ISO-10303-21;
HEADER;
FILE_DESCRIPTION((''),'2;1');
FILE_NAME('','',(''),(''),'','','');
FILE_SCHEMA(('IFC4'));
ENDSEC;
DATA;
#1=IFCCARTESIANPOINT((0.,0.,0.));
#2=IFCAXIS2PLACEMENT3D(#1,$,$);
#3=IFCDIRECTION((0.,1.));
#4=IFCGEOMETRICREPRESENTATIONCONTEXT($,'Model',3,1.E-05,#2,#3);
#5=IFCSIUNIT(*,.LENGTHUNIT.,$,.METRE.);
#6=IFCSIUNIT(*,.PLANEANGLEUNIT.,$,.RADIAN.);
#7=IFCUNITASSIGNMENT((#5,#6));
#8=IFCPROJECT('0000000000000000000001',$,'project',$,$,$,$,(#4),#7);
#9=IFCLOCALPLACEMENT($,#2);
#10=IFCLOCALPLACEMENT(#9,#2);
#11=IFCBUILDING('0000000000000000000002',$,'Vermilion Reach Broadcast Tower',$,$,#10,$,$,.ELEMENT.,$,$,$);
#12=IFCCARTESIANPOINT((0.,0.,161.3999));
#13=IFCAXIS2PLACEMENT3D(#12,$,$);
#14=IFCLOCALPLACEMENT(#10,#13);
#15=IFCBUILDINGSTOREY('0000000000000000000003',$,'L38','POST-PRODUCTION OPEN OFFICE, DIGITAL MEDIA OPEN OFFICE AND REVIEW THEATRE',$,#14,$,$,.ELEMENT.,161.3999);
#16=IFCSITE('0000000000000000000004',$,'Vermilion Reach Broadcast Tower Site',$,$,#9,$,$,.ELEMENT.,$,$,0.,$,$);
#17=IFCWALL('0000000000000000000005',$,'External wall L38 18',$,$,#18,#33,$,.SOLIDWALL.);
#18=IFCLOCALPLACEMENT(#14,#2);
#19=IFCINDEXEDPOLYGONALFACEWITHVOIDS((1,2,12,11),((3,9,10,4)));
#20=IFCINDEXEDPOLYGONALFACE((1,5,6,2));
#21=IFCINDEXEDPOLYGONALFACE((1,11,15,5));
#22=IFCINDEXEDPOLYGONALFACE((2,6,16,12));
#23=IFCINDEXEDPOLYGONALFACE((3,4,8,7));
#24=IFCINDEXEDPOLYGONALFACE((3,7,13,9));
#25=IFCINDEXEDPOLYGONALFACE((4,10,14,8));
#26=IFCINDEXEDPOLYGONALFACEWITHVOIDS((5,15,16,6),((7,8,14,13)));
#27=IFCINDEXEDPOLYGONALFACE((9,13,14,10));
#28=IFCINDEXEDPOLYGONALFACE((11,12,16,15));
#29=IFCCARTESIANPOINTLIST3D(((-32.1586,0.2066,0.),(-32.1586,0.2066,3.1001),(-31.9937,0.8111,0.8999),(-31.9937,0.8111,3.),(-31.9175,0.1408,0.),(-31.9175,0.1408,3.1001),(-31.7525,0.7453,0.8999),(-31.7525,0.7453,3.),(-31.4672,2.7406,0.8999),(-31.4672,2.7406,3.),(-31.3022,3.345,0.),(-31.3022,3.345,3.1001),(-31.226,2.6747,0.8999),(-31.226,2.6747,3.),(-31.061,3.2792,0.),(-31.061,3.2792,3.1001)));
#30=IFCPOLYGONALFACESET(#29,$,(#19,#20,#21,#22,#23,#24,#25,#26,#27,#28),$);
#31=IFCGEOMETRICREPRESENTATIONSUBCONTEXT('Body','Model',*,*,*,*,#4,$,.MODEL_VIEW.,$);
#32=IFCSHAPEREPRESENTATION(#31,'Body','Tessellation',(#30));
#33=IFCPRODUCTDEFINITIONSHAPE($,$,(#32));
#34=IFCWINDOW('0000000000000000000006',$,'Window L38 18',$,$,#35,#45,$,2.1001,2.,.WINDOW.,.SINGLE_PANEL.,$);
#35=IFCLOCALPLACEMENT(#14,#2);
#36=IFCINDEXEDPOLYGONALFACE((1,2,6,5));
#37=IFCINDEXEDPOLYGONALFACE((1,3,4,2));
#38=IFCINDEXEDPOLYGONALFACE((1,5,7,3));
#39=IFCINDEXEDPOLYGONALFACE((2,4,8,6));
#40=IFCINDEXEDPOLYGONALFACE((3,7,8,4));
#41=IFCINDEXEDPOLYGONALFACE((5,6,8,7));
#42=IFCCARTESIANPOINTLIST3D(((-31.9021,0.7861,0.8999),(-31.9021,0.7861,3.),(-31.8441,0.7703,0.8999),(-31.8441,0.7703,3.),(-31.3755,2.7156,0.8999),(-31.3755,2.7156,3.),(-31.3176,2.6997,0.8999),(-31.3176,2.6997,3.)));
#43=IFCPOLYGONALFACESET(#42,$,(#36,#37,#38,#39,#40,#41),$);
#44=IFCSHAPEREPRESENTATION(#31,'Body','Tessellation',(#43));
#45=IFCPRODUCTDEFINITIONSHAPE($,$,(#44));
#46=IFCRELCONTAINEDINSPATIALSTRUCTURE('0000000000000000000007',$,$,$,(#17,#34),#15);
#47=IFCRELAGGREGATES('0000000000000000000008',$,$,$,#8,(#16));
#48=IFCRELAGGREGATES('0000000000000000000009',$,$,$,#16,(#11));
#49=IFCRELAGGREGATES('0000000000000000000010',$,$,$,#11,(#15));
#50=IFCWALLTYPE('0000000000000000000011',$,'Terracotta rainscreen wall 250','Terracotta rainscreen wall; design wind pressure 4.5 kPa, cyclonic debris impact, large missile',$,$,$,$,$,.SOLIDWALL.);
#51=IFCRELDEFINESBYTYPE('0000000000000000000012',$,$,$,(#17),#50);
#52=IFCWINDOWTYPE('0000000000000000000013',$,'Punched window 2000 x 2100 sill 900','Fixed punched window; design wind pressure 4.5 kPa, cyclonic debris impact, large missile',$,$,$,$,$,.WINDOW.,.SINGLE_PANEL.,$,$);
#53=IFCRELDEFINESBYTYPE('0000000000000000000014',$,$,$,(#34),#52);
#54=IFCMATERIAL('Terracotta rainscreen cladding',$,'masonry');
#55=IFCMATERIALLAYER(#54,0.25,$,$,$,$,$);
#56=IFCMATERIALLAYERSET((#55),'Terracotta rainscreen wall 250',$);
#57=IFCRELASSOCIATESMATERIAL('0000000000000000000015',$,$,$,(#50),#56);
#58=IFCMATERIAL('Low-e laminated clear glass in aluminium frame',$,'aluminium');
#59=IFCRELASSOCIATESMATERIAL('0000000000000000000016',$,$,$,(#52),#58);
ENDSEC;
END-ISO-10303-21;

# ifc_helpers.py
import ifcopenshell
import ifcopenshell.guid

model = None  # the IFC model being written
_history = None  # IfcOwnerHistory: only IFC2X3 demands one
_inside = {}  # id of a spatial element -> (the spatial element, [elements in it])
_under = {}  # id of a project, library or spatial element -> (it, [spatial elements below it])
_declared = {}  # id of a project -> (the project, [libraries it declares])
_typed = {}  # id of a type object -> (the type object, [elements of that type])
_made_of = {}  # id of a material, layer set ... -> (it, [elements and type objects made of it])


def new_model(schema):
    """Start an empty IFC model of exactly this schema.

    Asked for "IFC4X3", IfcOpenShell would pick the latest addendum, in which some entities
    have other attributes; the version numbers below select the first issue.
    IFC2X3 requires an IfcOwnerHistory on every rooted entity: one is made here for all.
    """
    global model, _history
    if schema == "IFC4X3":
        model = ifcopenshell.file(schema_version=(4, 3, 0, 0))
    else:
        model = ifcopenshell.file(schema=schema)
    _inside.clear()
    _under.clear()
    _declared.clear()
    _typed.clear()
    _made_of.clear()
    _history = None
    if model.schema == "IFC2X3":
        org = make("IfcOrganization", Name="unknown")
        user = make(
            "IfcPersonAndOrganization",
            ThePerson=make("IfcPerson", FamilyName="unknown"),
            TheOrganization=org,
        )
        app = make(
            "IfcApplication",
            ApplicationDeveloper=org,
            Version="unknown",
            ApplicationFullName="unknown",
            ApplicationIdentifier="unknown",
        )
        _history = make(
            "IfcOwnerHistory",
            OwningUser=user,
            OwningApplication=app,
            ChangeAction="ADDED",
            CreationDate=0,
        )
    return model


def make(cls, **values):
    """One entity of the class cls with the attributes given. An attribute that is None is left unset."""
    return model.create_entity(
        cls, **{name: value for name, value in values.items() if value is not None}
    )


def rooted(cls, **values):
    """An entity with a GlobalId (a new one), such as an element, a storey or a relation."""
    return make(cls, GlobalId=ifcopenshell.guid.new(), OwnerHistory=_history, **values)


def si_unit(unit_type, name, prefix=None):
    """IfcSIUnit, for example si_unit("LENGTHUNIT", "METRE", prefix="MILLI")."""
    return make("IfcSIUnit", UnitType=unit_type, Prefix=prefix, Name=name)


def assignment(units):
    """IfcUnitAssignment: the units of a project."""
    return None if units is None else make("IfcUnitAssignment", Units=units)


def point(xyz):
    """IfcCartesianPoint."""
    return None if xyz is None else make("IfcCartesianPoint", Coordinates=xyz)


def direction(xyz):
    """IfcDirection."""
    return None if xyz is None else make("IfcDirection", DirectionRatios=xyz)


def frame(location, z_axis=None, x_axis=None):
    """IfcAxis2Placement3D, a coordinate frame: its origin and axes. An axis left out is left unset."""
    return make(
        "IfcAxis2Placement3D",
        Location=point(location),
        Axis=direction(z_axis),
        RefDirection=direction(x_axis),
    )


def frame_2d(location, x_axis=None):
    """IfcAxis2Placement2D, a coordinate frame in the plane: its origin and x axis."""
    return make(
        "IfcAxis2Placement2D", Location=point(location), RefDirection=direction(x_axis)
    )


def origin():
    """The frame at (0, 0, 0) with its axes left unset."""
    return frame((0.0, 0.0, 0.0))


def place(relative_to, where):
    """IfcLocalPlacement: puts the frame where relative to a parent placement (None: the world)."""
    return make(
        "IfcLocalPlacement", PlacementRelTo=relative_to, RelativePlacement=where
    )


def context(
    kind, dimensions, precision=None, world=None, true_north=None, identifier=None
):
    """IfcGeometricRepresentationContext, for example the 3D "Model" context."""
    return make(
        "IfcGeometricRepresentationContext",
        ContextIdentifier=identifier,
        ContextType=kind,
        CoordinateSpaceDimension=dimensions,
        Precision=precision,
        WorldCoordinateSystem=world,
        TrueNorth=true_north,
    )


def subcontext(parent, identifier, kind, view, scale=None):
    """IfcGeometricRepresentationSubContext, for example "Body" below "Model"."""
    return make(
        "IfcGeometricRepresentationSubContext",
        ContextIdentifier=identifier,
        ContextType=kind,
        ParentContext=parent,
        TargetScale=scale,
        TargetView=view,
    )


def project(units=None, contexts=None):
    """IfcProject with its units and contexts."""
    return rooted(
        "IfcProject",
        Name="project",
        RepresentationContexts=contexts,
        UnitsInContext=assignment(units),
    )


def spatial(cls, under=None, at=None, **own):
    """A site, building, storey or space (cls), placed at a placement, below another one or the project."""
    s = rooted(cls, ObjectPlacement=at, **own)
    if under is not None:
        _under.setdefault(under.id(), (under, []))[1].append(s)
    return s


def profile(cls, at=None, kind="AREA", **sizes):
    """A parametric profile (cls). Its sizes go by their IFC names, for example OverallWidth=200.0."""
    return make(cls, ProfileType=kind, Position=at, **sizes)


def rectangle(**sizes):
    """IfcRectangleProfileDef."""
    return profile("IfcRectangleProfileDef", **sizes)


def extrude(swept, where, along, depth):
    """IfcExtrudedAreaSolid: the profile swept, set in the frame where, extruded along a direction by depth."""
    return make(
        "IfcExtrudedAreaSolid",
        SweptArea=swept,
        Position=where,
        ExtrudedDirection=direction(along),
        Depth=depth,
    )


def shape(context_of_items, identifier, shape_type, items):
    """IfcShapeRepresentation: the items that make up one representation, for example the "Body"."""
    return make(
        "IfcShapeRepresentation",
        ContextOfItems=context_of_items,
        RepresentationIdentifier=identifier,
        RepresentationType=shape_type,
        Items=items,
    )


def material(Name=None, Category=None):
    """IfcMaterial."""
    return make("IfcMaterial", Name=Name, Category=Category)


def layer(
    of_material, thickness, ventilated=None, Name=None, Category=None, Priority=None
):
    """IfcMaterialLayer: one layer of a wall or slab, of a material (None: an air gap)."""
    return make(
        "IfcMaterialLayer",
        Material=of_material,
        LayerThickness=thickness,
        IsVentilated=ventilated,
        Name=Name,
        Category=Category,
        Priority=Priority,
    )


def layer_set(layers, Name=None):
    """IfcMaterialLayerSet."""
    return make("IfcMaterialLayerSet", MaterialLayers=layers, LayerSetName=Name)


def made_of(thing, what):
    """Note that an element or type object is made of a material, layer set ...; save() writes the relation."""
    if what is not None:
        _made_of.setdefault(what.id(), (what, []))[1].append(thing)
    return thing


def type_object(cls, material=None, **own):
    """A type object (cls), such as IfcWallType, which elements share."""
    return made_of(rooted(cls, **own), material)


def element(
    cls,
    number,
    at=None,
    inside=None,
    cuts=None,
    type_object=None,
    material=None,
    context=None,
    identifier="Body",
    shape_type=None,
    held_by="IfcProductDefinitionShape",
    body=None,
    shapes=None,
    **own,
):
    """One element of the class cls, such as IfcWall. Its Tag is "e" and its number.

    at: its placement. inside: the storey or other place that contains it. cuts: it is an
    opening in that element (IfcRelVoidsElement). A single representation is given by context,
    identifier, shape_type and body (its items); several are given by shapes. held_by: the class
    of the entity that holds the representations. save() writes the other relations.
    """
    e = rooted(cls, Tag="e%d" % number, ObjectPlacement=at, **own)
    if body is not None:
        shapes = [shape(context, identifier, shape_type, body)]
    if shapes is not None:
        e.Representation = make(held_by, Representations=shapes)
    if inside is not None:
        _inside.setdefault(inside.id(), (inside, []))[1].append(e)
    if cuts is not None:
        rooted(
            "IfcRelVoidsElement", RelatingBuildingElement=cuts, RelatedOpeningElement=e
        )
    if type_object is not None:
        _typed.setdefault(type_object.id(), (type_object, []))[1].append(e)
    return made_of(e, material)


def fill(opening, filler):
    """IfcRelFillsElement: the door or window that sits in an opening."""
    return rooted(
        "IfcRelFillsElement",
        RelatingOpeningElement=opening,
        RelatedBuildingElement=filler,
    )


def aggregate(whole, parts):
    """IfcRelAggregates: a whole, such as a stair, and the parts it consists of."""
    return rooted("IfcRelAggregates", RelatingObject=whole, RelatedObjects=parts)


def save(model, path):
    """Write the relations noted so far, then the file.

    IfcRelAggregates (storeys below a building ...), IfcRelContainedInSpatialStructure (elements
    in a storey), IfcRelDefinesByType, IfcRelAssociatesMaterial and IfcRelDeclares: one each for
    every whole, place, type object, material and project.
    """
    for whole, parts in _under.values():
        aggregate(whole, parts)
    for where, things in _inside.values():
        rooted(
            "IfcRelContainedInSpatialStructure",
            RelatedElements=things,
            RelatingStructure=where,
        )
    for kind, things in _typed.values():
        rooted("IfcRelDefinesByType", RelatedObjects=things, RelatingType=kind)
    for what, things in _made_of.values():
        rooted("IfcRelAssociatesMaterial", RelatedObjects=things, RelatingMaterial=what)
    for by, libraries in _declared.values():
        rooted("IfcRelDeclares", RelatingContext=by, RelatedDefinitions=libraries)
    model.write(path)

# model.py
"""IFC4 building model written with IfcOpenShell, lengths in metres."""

from ifc_helpers import new_model, si_unit, direction, frame, frame_2d, origin, place, context, subcontext, project, spatial, rectangle, extrude, material, layer, layer_set, type_object, element, fill, save


model = new_model("IFC4")

# Units and contexts
model_context = context("Model", 3, precision=1e-05, world=origin(), true_north=direction((0.0, 1.0)))
body_context = subcontext(model_context, "Body", "Model", "MODEL_VIEW")
ifc_project = project(units=[si_unit("LENGTHUNIT", "METRE"), si_unit("PLANEANGLEUNIT", "RADIAN")], contexts=[model_context])

# Site, building, storey
site_placement = place(None, origin())
site = spatial("IfcSite", under=ifc_project, at=site_placement, Name="Vermilion Reach Broadcast Tower Site", CompositionType="ELEMENT", RefElevation=0.0)
building_placement = place(site_placement, origin())
building = spatial("IfcBuilding", under=site, at=building_placement, Name="Vermilion Reach Broadcast Tower", CompositionType="ELEMENT")
storey_placement = place(building_placement, frame((0.0, 0.0, 161.3999)))
storey = spatial("IfcBuildingStorey", under=building, at=storey_placement, Name="L38", Description="POST-PRODUCTION OPEN OFFICE, DIGITAL MEDIA OPEN OFFICE AND REVIEW THEATRE", CompositionType="ELEMENT", Elevation=161.3999)

# Wall, opening, window
ifc_material_1 = material(Name="Terracotta rainscreen cladding", Category="masonry")
ifc_layer_1 = layer(ifc_material_1, 0.25)
ifc_layer_set_1 = layer_set([ifc_layer_1], Name="Terracotta rainscreen wall 250")
wall_type_1 = type_object("IfcWallType", Name="Terracotta rainscreen wall 250", Description="Terracotta rainscreen wall; design wind pressure 4.5 kPa, cyclonic debris impact, large missile", PredefinedType="SOLIDWALL", material=ifc_layer_set_1)
ifc_material_2 = material(Name="Low-e laminated clear glass in aluminium frame", Category="aluminium")
window_type = type_object("IfcWindowType", Name="Punched window 2000 x 2100 sill 900", Description="Fixed punched window; design wind pressure 4.5 kPa, cyclonic debris impact, large missile", PartitioningType="SINGLE_PANEL", PredefinedType="WINDOW", material=ifc_material_2)
wall_1_placement = place(storey_placement, frame((-31.1816, 3.312, 0.0), z_axis=(0.0, 0.0, 1.0), x_axis=(-0.263263, -0.964724, 0.0)))
wall_1 = element("IfcWall", 1, at=wall_1_placement, inside=storey, type_object=wall_type_1, Name="External wall L38 18", PredefinedType="SOLIDWALL", context=body_context, shape_type="SweptSolid", body=[
    extrude(rectangle(XDim=3.2532, YDim=0.25, at=frame_2d((1.6265, 0.0))), origin(), (0.0, 0.0, 1.0), 3.1001),
])
opening_1_placement = place(wall_1_placement, frame((0.6265, 0.0, 0.8999)))
opening_1 = element("IfcOpeningElement", 2, at=opening_1_placement, cuts=wall_1, PredefinedType="OPENING", context=body_context, shape_type="SweptSolid", body=[
    extrude(rectangle(XDim=2.0, YDim=2.1001, at=frame_2d((1.0, 1.05))), frame((0.0, 0.135, 0.0), z_axis=(0.0, -1.0, 0.0), x_axis=(1.0, 0.0, 0.0)), (0.0, 0.0, 1.0), 0.27),
])
window_1_placement = place(opening_1_placement, origin())
window_1 = element("IfcWindow", 3, at=window_1_placement, inside=storey, type_object=window_type, Name="Window L38 18", OverallHeight=2.1001, OverallWidth=2.0, PartitioningType="SINGLE_PANEL", PredefinedType="WINDOW", context=body_context, shape_type="SweptSolid", body=[
    extrude(rectangle(XDim=2.0, YDim=2.1001, at=frame_2d((1.0, 1.05))), frame((0.0, 0.03, 0.0), z_axis=(0.0, -1.0, 0.0), x_axis=(1.0, 0.0, 0.0)), (0.0, 0.0, 1.0), 0.0601),
])
fill(opening_1, window_1)

save(model, "model.ifc")
